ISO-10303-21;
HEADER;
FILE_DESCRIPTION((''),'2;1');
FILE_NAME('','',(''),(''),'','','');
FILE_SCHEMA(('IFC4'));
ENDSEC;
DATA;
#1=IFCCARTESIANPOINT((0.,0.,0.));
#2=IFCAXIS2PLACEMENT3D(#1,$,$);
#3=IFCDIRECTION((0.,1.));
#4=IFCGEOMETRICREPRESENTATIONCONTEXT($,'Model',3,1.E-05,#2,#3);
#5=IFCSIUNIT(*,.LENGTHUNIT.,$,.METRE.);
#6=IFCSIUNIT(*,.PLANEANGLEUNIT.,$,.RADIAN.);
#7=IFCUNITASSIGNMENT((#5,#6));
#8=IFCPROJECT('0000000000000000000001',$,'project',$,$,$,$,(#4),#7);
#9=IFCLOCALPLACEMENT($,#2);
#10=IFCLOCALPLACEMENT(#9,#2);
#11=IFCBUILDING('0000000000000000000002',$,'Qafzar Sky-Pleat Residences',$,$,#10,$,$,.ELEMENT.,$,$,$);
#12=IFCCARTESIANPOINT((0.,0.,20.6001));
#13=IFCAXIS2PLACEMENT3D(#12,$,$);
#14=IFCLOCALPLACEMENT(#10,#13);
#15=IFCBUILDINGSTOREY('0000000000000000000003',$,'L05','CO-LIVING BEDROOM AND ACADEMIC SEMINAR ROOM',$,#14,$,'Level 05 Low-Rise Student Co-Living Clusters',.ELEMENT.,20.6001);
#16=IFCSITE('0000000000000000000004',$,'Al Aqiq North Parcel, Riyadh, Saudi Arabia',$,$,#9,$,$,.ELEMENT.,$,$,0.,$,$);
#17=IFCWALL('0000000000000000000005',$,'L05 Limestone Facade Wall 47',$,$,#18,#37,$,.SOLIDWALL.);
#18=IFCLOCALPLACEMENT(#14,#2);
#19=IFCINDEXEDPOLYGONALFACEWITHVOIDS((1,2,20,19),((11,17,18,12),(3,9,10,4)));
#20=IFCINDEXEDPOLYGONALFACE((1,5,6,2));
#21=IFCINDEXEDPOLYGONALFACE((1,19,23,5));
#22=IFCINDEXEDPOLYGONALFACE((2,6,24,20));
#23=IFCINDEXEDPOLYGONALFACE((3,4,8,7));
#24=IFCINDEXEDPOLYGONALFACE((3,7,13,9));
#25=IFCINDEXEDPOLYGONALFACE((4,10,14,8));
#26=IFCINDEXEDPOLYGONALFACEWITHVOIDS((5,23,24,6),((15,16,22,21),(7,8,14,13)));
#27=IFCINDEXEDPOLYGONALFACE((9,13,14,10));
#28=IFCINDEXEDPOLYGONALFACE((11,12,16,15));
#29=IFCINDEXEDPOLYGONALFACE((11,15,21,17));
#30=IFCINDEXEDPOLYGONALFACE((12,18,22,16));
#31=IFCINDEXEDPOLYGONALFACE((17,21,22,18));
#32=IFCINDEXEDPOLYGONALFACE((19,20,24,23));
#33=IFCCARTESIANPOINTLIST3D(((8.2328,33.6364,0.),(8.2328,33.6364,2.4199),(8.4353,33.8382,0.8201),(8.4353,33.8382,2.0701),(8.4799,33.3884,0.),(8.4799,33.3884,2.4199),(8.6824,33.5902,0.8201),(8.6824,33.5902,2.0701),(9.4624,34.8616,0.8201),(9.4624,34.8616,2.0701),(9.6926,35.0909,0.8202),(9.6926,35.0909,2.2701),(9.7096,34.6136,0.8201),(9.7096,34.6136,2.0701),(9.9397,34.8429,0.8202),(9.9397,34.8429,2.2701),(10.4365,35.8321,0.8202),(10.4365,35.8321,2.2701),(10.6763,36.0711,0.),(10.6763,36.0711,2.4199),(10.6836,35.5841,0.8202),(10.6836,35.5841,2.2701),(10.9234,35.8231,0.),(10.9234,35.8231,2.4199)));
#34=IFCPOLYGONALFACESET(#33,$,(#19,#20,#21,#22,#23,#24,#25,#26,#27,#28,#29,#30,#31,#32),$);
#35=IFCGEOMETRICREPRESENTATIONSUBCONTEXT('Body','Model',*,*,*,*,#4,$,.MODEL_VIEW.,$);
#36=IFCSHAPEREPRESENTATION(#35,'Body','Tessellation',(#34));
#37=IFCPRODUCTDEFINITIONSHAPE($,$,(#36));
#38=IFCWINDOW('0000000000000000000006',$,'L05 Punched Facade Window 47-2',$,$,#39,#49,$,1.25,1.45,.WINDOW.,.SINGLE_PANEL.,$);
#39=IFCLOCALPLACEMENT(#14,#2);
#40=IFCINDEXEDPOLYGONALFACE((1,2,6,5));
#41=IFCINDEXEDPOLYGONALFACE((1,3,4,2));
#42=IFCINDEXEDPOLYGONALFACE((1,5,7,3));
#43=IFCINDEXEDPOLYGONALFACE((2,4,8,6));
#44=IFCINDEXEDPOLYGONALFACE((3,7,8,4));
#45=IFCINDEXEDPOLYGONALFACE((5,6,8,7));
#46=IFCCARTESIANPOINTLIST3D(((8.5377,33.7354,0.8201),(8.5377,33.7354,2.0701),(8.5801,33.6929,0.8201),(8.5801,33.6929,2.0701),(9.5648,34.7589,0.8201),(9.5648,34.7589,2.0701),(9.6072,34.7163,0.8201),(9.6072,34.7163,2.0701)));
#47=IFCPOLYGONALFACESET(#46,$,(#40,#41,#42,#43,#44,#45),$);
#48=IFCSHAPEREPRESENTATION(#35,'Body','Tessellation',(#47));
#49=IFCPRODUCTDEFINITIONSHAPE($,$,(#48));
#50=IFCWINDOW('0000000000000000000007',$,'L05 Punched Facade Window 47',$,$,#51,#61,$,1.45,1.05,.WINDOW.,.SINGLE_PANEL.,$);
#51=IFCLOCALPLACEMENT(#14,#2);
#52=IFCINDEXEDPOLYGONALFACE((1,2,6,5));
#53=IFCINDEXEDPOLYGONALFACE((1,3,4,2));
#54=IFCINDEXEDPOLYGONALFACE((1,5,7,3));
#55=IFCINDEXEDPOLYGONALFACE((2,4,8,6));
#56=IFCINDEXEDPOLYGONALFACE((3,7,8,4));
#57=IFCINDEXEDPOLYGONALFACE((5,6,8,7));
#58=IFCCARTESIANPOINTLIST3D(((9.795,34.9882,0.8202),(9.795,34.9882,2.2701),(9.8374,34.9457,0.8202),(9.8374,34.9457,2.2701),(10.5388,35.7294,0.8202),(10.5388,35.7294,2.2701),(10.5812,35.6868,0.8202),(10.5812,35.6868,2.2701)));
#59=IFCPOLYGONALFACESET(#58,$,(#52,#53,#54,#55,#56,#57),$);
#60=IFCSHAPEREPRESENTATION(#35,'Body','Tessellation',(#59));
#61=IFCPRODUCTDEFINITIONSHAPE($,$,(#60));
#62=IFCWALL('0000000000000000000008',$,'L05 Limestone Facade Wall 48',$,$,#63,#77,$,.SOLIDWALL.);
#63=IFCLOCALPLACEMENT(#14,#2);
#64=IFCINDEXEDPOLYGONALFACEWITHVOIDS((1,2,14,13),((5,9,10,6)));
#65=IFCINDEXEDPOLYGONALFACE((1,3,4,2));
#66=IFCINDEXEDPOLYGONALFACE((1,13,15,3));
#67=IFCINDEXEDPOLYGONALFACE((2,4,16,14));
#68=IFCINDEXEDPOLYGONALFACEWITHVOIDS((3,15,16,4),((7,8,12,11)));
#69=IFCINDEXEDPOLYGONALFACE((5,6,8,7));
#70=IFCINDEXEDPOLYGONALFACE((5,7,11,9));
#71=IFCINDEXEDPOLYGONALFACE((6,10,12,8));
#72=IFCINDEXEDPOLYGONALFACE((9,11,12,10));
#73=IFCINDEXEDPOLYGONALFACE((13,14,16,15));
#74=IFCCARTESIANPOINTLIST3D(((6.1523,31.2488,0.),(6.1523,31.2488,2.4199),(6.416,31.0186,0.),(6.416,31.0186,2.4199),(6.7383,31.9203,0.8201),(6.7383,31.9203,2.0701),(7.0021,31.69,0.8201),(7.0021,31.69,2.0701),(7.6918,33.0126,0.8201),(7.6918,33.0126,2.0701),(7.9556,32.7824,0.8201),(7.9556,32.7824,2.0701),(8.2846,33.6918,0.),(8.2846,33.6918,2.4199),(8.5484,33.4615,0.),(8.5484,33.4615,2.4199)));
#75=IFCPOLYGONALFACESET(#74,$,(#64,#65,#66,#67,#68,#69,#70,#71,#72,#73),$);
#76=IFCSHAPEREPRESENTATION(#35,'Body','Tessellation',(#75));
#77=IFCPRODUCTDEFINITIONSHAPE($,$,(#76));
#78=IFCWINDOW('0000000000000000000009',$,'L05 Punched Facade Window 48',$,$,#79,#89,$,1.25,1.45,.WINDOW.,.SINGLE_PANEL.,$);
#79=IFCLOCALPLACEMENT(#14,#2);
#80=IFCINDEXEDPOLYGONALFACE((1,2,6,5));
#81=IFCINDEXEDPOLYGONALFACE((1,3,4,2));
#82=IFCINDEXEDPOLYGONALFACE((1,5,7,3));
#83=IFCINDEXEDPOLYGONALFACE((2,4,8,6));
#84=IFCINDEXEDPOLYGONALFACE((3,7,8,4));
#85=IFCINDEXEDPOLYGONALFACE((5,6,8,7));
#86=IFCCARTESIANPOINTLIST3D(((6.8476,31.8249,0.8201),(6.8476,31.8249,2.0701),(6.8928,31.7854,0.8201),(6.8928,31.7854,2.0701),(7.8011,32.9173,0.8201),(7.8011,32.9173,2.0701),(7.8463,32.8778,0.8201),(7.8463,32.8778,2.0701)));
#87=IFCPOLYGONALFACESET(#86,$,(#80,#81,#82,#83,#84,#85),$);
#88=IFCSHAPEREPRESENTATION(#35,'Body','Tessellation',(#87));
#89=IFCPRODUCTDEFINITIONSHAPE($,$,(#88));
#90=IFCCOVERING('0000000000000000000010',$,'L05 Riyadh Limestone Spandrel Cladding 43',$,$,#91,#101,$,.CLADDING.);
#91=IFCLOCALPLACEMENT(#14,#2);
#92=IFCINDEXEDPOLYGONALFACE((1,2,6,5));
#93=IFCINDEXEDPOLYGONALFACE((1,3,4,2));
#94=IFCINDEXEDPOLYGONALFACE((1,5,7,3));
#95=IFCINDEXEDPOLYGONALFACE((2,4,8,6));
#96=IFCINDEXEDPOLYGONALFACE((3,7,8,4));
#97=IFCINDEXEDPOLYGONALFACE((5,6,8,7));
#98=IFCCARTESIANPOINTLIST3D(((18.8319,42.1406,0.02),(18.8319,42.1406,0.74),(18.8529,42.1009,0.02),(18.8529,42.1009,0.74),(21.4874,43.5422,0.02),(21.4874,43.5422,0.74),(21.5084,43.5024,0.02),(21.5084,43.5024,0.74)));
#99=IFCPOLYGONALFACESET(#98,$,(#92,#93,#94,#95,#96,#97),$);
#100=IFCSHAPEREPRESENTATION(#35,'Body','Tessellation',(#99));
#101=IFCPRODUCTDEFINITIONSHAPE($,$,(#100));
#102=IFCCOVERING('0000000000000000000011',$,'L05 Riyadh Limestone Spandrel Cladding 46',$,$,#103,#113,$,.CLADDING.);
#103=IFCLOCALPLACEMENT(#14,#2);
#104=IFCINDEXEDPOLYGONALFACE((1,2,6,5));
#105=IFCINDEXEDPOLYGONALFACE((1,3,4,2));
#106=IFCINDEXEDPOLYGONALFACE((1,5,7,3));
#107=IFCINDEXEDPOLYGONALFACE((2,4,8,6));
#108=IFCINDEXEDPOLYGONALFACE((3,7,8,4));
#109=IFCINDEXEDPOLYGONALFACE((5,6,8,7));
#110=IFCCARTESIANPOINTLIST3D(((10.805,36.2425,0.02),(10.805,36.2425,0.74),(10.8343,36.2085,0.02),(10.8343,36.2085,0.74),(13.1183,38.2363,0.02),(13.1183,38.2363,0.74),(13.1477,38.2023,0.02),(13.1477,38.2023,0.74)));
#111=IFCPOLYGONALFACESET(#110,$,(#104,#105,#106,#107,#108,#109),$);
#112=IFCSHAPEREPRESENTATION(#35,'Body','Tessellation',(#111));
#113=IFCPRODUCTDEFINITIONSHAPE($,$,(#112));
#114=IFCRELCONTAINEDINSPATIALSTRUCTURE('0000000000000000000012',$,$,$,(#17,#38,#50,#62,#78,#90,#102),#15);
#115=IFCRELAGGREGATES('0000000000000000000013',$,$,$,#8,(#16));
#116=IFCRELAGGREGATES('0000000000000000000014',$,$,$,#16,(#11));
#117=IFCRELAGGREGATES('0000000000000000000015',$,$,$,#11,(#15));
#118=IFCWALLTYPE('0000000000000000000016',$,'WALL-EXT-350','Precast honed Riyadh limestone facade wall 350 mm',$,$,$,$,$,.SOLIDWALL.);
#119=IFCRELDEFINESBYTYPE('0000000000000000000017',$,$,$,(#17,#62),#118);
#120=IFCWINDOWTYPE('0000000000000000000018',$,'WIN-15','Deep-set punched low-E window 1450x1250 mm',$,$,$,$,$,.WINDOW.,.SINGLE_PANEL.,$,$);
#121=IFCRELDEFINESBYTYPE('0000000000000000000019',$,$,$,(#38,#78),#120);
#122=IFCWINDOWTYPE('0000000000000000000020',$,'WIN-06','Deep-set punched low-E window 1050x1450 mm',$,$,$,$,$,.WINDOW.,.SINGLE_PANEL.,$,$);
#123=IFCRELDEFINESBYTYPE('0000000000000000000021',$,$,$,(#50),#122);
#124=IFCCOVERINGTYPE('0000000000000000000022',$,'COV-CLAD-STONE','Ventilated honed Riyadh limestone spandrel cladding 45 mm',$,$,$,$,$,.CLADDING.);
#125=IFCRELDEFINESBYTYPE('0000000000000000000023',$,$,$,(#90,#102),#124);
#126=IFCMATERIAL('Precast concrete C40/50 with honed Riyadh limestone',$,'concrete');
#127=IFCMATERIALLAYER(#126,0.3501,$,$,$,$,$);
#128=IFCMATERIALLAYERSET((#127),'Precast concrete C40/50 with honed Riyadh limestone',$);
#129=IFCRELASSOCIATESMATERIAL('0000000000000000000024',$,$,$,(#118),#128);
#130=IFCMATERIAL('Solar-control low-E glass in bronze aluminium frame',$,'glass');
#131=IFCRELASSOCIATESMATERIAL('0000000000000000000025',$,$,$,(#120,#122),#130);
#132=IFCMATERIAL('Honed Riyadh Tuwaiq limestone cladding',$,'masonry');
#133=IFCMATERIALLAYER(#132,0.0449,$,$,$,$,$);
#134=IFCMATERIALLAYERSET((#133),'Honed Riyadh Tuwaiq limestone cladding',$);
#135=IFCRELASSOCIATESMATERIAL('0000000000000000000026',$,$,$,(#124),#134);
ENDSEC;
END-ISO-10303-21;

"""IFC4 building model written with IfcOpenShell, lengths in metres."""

from ifc_helpers import new_model, si_unit, direction, frame, frame_2d, origin, origin_2d, place, context, subcontext, project, spatial, rectangle, extrude, source, transform, mapped, material, layer, layer_set, type_object, element, fill, save


model = new_model("IFC4")

# Units and contexts
model_context = context("Model", 3, precision=1e-05, world=origin(), true_north=direction((0.0, 1.0)))
body_context = subcontext(model_context, "Body", "Model", "MODEL_VIEW")
ifc_project = project(units=[si_unit("LENGTHUNIT", "METRE"), si_unit("PLANEANGLEUNIT", "RADIAN")], contexts=[model_context])

# Site, building, storey
site_placement = place(None, origin())
site = spatial("IfcSite", under=ifc_project, at=site_placement, Name="Al Aqiq North Parcel, Riyadh, Saudi Arabia", CompositionType="ELEMENT", RefElevation=0.0)
building_placement = place(site_placement, origin())
building = spatial("IfcBuilding", under=site, at=building_placement, Name="Qafzar Sky-Pleat Residences", CompositionType="ELEMENT")
storey_placement = place(building_placement, frame((0.0, 0.0, 20.6001)))
storey = spatial("IfcBuildingStorey", under=building, at=storey_placement, Name="L05", Description="CO-LIVING BEDROOM AND ACADEMIC SEMINAR ROOM", LongName="Level 05 Low-Rise Student Co-Living Clusters", CompositionType="ELEMENT", Elevation=20.6001)

# Shared definitions
ifc_material_1 = material(Name="Precast concrete C40/50 with honed Riyadh limestone", Category="concrete")
ifc_layer_1 = layer(ifc_material_1, 0.3501)
ifc_layer_set_1 = layer_set([ifc_layer_1], Name="Precast concrete C40/50 with honed Riyadh limestone")
wall_type_1 = type_object("IfcWallType", Name="WALL-EXT-350", Description="Precast honed Riyadh limestone facade wall 350 mm", PredefinedType="SOLIDWALL", material=ifc_layer_set_1)
ifc_material_2 = material(Name="Solar-control low-E glass in bronze aluminium frame", Category="glass")
window_type_1 = type_object("IfcWindowType", Name="WIN-15", Description="Deep-set punched low-E window 1450x1250 mm", PartitioningType="SINGLE_PANEL", PredefinedType="WINDOW", material=ifc_material_2)
shared_shape_1 = source(origin(), body_context, "Body", "SweptSolid", [
    extrude(rectangle(XDim=1.45, YDim=1.25, at=frame_2d((0.7251, 0.625))), frame((0.0, 0.03, 0.0), z_axis=(0.0, -1.0, 0.0), x_axis=(1.0, 0.0, 0.0)), (0.0, 0.0, 1.0), 0.0601),
])

# Wall, openings, windows
wall_1_placement = place(storey_placement, frame((10.7998, 35.947, 0.0), z_axis=(0.0, 0.0, 1.0), x_axis=(-0.70838, -0.705832, 0.0)))
wall_1 = element("IfcWall", 1, at=wall_1_placement, inside=storey, type_object=wall_type_1, Name="L05 Limestone Facade Wall 47", PredefinedType="SOLIDWALL", context=body_context, shape_type="SweptSolid", body=[
    extrude(rectangle(XDim=3.4495, YDim=0.3501, at=frame_2d((1.7246, 0.0))), origin(), (0.0, 0.0, 1.0), 2.4199),
])
opening_1_placement = place(wall_1_placement, frame((0.3386, 0.0, 0.8201)))
opening_1 = element("IfcOpeningElement", 2, at=opening_1_placement, cuts=wall_1, PredefinedType="OPENING", context=body_context, shape_type="SweptSolid", body=[
    extrude(rectangle(XDim=1.05, YDim=1.45, at=frame_2d((0.5249, 0.7251))), frame((0.0, 0.1851, 0.0), z_axis=(0.0, -1.0, 0.0), x_axis=(1.0, 0.0, 0.0)), (0.0, 0.0, 1.0), 0.3701),
])
opening_2_placement = place(wall_1_placement, frame((1.7134, 0.0, 0.8201)))
opening_2 = element("IfcOpeningElement", 3, at=opening_2_placement, cuts=wall_1, PredefinedType="OPENING", context=body_context, shape_type="SweptSolid", body=[
    extrude(rectangle(XDim=1.45, YDim=1.25, at=frame_2d((0.7251, 0.625))), frame((0.0, 0.1851, 0.0), z_axis=(0.0, -1.0, 0.0), x_axis=(1.0, 0.0, 0.0)), (0.0, 0.0, 1.0), 0.3701),
])
window_1_placement = place(opening_2_placement, origin())
window_1 = element("IfcWindow", 4, at=window_1_placement, inside=storey, type_object=window_type_1, Name="L05 Punched Facade Window 47-2", OverallHeight=1.25, OverallWidth=1.45, PartitioningType="SINGLE_PANEL", PredefinedType="WINDOW", context=body_context, shape_type="MappedRepresentation", body=[
    mapped(shared_shape_1, transform((0.0, 0.0, 0.0), x_axis=(1.0, 0.0, 0.0), y_axis=(0.0, 1.0, 0.0), z_axis=(0.0, 0.0, 1.0), scale=1.0)),
])
fill(opening_2, window_1)
window_type_2 = type_object("IfcWindowType", Name="WIN-06", Description="Deep-set punched low-E window 1050x1450 mm", PartitioningType="SINGLE_PANEL", PredefinedType="WINDOW", material=ifc_material_2)
shared_shape_2 = source(origin(), body_context, "Body", "SweptSolid", [
    extrude(rectangle(XDim=1.05, YDim=1.45, at=frame_2d((0.5249, 0.7251))), frame((0.0, 0.03, 0.0), z_axis=(0.0, -1.0, 0.0), x_axis=(1.0, 0.0, 0.0)), (0.0, 0.0, 1.0), 0.0601),
])
window_2_placement = place(opening_1_placement, origin())
window_2 = element("IfcWindow", 5, at=window_2_placement, inside=storey, type_object=window_type_2, Name="L05 Punched Facade Window 47", OverallHeight=1.45, OverallWidth=1.05, PartitioningType="SINGLE_PANEL", PredefinedType="WINDOW", context=body_context, shape_type="MappedRepresentation", body=[
    mapped(shared_shape_2, transform((0.0, 0.0, 0.0), x_axis=(1.0, 0.0, 0.0), y_axis=(0.0, 1.0, 0.0), z_axis=(0.0, 0.0, 1.0), scale=1.0)),
])
fill(opening_1, window_2)

# Wall, opening, window
wall_2_placement = place(storey_placement, frame((8.4165, 33.5767, 0.0), z_axis=(0.0, 0.0, 1.0), x_axis=(-0.657598, -0.753369, 0.0)))
wall_2 = element("IfcWall", 6, at=wall_2_placement, inside=storey, type_object=wall_type_1, Name="L05 Limestone Facade Wall 48", PredefinedType="SOLIDWALL", context=body_context, shape_type="SweptSolid", body=[
    extrude(rectangle(XDim=3.2427, YDim=0.3501, at=frame_2d((1.6213, 0.0))), origin(), (0.0, 0.0, 1.0), 2.4199),
])
opening_3_placement = place(wall_2_placement, frame((0.9014, 0.0, 0.8201)))
opening_3 = element("IfcOpeningElement", 7, at=opening_3_placement, cuts=wall_2, PredefinedType="OPENING", context=body_context, shape_type="SweptSolid", body=[
    extrude(rectangle(XDim=1.45, YDim=1.25, at=frame_2d((0.7251, 0.625))), frame((0.0, 0.1851, 0.0), z_axis=(0.0, -1.0, 0.0), x_axis=(1.0, 0.0, 0.0)), (0.0, 0.0, 1.0), 0.3701),
])
window_3_placement = place(opening_3_placement, origin())
window_3 = element("IfcWindow", 8, at=window_3_placement, inside=storey, type_object=window_type_1, Name="L05 Punched Facade Window 48", OverallHeight=1.25, OverallWidth=1.45, PartitioningType="SINGLE_PANEL", PredefinedType="WINDOW", context=body_context, shape_type="MappedRepresentation", body=[
    mapped(shared_shape_1, transform((0.0, 0.0, 0.0), x_axis=(1.0, 0.0, 0.0), y_axis=(0.0, 1.0, 0.0), z_axis=(0.0, 0.0, 1.0), scale=1.0)),
])
fill(opening_3, window_3)

# Coverings
ifc_material_3 = material(Name="Honed Riyadh Tuwaiq limestone cladding", Category="masonry")
ifc_layer_2 = layer(ifc_material_3, 0.0449)
ifc_layer_set_2 = layer_set([ifc_layer_2], Name="Honed Riyadh Tuwaiq limestone cladding")
covering_type = type_object("IfcCoveringType", Name="COV-CLAD-STONE", Description="Ventilated honed Riyadh limestone spandrel cladding 45 mm", PredefinedType="CLADDING", material=ifc_layer_set_2)
shared_shape_3 = source(origin(), body_context, "Body", "SweptSolid", [
    extrude(rectangle(XDim=3.0027, YDim=0.0449, at=origin_2d()), origin(), (0.0, 0.0, 1.0), 0.72),
])
covering_1_placement = place(storey_placement, frame((20.1702, 42.8215, 0.02), z_axis=(0.0, 0.0, 1.0), x_axis=(-0.884386, -0.466755, 0.0)))
element("IfcCovering", 9, at=covering_1_placement, inside=storey, type_object=covering_type, Name="L05 Riyadh Limestone Spandrel Cladding 43", PredefinedType="CLADDING", context=body_context, shape_type="MappedRepresentation", body=[
    mapped(shared_shape_3, transform((0.0, 0.0, 0.0), x_axis=(1.0, 0.0, 0.0), y_axis=(0.0, 1.0, 0.0), z_axis=(0.0, 0.0, 1.0), scale=1.0)),
])
shared_shape_4 = source(origin(), body_context, "Body", "SweptSolid", [
    extrude(rectangle(XDim=3.054, YDim=0.0449, at=origin_2d()), origin(), (0.0, 0.0, 1.0), 0.72),
])
covering_2_placement = place(storey_placement, frame((11.9763, 37.2224, 0.02), z_axis=(0.0, 0.0, 1.0), x_axis=(-0.757492, -0.652845, 0.0)))
element("IfcCovering", 10, at=covering_2_placement, inside=storey, type_object=covering_type, Name="L05 Riyadh Limestone Spandrel Cladding 46", PredefinedType="CLADDING", context=body_context, shape_type="MappedRepresentation", body=[
    mapped(shared_shape_4, transform((0.0, 0.0, 0.0), x_axis=(1.0, 0.0, 0.0), y_axis=(0.0, 1.0, 0.0), z_axis=(0.0, 0.0, 1.0), scale=1.0)),
])

save(model, "model.ifc")
